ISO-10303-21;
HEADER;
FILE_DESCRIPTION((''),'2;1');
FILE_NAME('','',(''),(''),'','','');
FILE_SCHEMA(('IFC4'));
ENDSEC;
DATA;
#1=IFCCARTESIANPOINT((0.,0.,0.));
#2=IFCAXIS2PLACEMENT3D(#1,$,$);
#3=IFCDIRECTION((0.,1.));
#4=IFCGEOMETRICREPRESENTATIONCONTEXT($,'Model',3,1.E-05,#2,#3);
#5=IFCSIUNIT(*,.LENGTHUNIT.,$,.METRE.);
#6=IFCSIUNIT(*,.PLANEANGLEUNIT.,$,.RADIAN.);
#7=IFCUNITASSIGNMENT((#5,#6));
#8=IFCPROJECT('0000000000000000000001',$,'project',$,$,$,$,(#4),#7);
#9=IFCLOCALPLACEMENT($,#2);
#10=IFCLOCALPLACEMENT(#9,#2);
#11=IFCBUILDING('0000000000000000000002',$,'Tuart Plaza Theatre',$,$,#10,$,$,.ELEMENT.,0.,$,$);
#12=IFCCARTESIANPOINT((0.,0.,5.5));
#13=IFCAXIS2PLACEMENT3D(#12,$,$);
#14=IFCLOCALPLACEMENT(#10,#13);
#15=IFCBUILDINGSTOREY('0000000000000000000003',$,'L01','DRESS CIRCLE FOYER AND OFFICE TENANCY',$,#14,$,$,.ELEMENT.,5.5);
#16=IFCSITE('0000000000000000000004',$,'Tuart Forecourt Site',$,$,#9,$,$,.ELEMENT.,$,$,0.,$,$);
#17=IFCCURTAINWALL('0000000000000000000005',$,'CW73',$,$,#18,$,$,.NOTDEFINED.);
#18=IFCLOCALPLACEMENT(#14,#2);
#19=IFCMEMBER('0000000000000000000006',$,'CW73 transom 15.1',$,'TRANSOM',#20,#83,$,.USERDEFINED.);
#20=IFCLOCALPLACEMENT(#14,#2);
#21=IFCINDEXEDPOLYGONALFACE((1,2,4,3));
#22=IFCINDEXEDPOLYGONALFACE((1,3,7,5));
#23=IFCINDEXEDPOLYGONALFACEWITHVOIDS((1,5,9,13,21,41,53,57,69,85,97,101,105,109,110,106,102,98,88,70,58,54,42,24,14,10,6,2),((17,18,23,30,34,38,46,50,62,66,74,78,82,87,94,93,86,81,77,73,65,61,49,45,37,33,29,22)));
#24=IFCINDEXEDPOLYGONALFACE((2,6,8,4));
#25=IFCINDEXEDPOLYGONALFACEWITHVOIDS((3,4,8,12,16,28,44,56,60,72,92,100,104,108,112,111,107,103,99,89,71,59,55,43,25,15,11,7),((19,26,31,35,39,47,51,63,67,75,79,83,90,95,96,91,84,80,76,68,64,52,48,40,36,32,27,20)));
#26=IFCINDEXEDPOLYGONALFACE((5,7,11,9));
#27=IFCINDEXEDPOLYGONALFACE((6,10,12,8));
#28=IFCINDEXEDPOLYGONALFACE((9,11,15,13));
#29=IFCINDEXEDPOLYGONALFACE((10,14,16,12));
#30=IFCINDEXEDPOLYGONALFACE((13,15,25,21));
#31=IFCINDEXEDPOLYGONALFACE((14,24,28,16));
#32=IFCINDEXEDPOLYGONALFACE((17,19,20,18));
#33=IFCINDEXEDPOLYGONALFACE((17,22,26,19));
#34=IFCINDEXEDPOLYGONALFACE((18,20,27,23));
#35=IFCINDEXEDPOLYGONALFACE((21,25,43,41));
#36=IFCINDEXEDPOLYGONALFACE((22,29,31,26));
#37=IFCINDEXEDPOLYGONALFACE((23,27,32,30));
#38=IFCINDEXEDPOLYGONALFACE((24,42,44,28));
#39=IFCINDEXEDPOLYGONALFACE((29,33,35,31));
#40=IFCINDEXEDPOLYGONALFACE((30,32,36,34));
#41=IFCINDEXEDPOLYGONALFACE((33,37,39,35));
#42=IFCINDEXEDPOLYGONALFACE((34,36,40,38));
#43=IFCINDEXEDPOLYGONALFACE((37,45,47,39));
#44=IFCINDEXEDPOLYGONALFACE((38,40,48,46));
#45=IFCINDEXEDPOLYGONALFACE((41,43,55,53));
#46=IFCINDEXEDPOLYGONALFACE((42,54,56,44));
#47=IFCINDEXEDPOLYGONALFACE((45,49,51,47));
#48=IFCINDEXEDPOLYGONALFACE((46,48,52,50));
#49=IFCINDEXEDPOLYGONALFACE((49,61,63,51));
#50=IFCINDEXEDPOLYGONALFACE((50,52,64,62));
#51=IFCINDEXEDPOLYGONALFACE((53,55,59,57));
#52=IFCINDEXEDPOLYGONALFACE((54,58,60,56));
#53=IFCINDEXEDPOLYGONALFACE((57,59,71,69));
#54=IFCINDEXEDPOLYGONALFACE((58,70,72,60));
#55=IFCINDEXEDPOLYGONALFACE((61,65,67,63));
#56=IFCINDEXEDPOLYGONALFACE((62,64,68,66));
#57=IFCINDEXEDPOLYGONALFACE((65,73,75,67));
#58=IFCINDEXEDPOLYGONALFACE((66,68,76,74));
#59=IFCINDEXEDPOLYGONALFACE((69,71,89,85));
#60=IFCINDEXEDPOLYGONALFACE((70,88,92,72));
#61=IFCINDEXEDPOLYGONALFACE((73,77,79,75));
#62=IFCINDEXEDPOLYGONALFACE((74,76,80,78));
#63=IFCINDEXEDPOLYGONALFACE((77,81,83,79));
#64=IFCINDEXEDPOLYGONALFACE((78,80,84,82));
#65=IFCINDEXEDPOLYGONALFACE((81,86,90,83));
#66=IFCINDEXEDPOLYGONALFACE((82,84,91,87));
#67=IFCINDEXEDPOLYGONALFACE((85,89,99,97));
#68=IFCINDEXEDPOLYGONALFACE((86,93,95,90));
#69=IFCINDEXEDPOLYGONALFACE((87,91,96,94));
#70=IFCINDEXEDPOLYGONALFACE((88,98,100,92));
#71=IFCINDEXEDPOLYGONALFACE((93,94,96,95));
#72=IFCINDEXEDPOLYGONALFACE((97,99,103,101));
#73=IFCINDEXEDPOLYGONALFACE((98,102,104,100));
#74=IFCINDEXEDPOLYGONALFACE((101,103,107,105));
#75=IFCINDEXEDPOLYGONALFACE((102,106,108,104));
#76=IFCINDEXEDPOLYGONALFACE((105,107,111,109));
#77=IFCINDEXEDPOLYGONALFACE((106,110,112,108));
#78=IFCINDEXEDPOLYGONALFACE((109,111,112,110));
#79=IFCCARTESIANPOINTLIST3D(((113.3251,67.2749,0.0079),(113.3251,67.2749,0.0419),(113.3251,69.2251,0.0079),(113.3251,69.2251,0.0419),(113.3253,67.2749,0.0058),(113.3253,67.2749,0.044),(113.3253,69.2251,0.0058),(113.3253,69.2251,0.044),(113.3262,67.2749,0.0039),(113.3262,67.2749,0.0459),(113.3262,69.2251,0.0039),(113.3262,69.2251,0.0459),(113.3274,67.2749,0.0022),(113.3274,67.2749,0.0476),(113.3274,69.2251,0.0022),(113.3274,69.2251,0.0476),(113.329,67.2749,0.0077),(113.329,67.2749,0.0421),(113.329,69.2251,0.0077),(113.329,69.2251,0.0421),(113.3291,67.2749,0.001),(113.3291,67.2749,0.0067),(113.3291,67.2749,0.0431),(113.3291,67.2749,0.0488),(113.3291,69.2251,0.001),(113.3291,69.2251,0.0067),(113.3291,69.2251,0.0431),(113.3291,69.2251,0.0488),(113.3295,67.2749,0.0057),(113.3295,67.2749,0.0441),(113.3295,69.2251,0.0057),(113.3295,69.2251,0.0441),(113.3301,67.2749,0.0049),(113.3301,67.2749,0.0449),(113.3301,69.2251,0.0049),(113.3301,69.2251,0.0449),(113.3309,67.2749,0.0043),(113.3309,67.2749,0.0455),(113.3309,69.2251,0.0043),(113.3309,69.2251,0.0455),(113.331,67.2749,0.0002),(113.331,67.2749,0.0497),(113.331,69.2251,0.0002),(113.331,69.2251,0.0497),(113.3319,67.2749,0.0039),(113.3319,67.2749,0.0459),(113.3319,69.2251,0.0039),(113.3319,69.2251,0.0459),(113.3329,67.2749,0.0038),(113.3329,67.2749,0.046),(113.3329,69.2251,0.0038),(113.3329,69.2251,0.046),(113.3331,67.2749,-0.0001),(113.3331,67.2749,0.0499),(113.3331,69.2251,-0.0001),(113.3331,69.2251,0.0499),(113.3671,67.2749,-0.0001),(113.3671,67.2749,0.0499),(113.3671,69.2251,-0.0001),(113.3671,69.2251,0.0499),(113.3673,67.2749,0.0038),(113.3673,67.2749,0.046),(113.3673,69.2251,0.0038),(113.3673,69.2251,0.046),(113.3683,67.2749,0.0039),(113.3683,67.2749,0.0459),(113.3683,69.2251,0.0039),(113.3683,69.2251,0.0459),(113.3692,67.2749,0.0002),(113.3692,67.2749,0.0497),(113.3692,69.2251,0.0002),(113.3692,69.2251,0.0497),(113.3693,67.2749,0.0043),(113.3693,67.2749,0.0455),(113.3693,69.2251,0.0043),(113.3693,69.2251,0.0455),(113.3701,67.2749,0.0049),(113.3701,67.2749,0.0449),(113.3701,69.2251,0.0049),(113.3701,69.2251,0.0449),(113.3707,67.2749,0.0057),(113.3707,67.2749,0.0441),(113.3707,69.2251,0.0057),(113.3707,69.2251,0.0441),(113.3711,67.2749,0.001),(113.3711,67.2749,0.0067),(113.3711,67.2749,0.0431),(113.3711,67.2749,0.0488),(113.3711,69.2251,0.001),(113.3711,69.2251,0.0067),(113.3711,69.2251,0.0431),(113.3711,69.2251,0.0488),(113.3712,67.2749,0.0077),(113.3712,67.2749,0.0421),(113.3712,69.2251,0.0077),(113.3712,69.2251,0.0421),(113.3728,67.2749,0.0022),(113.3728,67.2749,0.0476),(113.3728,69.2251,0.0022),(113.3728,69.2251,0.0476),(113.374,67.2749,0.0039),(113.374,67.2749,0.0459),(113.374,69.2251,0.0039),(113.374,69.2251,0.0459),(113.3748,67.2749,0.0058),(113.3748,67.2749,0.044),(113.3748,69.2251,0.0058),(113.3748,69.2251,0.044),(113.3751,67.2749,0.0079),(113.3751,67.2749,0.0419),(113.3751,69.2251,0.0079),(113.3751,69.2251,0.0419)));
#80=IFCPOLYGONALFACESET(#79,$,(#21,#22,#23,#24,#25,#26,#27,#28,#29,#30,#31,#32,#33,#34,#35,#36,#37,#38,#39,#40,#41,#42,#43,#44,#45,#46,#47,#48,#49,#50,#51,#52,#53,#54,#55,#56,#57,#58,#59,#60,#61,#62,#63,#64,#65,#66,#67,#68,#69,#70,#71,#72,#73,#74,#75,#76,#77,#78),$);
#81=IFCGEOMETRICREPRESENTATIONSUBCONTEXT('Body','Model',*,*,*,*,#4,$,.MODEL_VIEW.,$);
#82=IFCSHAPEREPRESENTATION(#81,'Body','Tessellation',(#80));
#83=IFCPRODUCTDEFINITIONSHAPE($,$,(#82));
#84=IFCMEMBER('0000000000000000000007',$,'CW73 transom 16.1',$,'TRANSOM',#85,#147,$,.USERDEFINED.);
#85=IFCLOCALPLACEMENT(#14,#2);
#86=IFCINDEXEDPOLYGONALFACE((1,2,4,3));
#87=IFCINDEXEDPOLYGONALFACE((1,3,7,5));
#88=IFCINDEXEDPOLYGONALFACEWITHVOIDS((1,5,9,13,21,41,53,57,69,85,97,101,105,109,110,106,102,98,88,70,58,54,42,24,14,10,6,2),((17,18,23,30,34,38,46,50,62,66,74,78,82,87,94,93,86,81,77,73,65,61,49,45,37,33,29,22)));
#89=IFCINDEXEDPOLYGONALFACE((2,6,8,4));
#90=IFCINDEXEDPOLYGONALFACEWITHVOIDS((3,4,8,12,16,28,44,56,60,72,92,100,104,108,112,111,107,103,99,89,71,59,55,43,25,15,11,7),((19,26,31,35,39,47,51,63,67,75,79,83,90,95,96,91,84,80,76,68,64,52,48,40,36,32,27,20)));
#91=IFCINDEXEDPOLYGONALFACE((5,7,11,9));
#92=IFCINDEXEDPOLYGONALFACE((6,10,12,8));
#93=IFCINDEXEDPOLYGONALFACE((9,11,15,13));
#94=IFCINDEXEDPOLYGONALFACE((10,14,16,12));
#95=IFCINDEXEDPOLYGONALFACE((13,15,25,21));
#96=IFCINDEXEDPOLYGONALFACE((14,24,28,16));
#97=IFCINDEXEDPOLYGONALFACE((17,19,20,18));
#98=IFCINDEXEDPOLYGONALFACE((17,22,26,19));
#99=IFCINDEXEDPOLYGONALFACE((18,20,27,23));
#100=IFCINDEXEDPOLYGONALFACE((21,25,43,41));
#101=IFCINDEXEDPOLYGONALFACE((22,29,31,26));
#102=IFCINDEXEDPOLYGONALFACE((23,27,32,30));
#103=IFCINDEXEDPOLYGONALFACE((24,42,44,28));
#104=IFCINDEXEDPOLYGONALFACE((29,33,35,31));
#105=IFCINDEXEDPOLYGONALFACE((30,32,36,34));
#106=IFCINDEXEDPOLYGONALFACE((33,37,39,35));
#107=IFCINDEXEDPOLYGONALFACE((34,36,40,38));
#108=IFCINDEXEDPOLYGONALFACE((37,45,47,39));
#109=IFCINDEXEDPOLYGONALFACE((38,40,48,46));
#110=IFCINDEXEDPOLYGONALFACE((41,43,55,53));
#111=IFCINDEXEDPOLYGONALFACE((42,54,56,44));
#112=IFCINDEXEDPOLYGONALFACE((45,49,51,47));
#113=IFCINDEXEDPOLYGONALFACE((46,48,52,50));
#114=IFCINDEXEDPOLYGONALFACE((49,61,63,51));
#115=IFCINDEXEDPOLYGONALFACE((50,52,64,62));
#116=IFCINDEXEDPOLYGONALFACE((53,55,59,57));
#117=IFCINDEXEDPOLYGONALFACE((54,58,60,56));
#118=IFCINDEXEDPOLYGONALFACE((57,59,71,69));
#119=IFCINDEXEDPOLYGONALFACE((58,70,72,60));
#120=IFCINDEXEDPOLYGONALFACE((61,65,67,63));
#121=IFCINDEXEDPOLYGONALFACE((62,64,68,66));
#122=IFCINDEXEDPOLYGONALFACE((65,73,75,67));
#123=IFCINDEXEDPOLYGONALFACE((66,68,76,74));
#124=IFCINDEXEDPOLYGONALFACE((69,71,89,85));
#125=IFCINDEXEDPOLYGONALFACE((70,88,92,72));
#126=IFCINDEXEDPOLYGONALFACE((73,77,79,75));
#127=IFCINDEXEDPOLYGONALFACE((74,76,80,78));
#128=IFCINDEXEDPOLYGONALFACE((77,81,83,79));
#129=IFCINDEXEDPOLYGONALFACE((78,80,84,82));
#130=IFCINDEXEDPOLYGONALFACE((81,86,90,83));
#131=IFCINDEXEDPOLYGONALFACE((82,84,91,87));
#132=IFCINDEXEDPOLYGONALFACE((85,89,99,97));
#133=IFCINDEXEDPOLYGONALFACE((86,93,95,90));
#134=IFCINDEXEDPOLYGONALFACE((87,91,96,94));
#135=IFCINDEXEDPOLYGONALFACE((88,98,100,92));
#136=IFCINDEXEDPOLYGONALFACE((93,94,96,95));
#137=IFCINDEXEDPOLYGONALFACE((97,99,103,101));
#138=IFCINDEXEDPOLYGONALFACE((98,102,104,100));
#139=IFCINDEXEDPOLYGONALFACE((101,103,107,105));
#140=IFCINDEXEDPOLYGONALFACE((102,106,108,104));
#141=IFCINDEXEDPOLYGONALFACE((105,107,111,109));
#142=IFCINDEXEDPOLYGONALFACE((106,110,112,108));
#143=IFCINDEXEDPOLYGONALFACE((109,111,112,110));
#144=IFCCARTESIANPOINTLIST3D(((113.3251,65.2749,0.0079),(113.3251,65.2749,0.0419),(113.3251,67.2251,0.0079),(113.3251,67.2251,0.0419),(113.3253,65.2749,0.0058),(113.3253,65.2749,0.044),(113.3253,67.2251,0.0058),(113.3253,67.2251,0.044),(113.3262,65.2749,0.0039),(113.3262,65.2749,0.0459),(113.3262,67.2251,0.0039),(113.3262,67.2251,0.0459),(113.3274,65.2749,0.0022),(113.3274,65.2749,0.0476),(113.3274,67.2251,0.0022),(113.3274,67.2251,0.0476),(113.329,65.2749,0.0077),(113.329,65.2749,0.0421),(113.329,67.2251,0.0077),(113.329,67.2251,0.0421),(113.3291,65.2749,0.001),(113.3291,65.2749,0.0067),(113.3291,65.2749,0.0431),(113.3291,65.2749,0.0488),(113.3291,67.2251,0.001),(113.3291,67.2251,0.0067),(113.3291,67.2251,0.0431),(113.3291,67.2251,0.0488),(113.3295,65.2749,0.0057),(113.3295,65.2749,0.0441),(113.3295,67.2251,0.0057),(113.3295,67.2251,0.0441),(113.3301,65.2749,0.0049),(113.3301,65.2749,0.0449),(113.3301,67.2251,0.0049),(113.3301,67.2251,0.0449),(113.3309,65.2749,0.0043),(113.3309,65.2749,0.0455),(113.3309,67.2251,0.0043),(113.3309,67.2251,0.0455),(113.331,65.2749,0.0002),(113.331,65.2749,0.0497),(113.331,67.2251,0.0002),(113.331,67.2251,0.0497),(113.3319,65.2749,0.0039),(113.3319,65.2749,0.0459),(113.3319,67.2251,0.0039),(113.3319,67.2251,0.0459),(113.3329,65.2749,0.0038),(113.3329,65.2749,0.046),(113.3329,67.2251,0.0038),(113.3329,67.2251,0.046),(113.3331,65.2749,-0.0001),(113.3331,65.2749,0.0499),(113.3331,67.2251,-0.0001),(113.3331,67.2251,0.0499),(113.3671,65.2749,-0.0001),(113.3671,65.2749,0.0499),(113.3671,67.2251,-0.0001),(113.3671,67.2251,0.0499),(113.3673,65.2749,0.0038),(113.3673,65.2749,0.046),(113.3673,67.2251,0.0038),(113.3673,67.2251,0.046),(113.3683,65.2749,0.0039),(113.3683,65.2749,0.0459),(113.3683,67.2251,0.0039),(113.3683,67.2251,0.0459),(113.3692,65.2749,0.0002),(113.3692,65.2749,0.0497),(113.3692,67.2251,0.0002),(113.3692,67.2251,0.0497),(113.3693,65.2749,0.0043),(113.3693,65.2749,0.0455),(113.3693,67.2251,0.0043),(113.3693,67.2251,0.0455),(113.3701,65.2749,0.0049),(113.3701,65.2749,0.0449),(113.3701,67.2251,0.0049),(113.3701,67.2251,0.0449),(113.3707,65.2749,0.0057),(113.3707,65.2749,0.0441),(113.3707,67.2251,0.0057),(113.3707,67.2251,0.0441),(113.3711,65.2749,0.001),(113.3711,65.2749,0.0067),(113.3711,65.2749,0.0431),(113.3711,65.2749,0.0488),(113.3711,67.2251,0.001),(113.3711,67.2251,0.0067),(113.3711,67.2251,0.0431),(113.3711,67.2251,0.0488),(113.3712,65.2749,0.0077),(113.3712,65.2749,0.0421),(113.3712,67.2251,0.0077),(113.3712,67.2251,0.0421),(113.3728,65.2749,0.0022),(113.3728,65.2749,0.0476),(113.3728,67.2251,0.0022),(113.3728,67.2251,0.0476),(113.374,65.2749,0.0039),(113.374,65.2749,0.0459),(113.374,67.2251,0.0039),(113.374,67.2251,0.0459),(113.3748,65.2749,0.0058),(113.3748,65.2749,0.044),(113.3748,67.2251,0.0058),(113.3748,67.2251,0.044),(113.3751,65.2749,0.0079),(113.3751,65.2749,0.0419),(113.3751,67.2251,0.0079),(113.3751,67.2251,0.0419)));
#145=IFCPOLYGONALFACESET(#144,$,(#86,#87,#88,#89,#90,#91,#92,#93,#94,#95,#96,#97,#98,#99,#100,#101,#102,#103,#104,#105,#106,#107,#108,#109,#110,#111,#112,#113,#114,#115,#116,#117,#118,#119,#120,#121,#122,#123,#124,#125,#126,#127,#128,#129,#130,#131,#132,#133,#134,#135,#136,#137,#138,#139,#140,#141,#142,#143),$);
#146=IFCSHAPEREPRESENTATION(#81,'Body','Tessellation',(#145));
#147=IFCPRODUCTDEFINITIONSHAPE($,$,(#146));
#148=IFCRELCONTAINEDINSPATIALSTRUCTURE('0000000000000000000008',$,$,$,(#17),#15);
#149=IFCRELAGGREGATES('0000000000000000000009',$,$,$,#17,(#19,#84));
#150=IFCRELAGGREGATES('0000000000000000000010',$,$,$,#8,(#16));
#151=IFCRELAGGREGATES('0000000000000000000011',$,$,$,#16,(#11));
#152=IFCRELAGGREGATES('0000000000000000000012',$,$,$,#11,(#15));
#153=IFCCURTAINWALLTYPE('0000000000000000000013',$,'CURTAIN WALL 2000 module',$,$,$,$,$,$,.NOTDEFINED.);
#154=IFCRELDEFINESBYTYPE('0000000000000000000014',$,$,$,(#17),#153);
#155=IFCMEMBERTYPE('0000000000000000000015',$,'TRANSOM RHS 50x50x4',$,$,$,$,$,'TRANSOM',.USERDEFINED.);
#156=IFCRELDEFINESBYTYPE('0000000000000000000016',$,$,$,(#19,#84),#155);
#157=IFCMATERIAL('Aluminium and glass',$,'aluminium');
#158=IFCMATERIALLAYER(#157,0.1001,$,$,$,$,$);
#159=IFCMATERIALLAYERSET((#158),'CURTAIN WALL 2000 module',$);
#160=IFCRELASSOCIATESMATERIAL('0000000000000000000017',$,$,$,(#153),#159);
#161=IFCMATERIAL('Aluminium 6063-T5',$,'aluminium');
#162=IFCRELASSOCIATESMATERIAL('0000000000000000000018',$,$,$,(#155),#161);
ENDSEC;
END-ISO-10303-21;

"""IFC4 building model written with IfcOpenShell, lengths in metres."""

from ifc_helpers import new_model, si_unit, direction, frame, origin, origin_2d, place, context, subcontext, project, spatial, hollow_rectangle, extrude, material, layer, layer_set, material_profile, profile_set, type_object, element, aggregate, save


model = new_model("IFC4")

# Units and contexts
model_context = context("Model", 3, precision=1e-05, world=origin(), true_north=direction((0.0, 1.0)))
body_context = subcontext(model_context, "Body", "Model", "MODEL_VIEW")
ifc_project = project(units=[si_unit("LENGTHUNIT", "METRE"), si_unit("PLANEANGLEUNIT", "RADIAN")], contexts=[model_context])

# Site, building, storey
site_placement = place(None, origin())
site = spatial("IfcSite", under=ifc_project, at=site_placement, Name="Tuart Forecourt Site", CompositionType="ELEMENT", RefElevation=0.0)
building_placement = place(site_placement, origin())
building = spatial("IfcBuilding", under=site, at=building_placement, Name="Tuart Plaza Theatre", CompositionType="ELEMENT", ElevationOfRefHeight=0.0)
storey_placement = place(building_placement, frame((0.0, 0.0, 5.5)))
storey = spatial("IfcBuildingStorey", under=building, at=storey_placement, Name="L01", Description="DRESS CIRCLE FOYER AND OFFICE TENANCY", CompositionType="ELEMENT", Elevation=5.5)

# Curtain wall, members
ifc_material_1 = material(Name="Aluminium and glass", Category="aluminium")
ifc_layer_1 = layer(ifc_material_1, 0.1001)
ifc_layer_set_1 = layer_set([ifc_layer_1], Name="CURTAIN WALL 2000 module")
curtain_wall_type = type_object("IfcCurtainWallType", Name="CURTAIN WALL 2000 module", PredefinedType="NOTDEFINED", material=ifc_layer_set_1)
curtain_wall_placement = place(storey_placement, origin())
curtain_wall = element("IfcCurtainWall", 1, at=curtain_wall_placement, inside=storey, type_object=curtain_wall_type, Name="CW73", PredefinedType="NOTDEFINED")
ifc_material_2 = material(Name="Aluminium 6063-T5", Category="aluminium")
ifc_material_profile_1 = material_profile(ifc_material_2, hollow_rectangle(XDim=0.05, YDim=0.05, WallThickness=0.0039, InnerFilletRadius=0.0039, OuterFilletRadius=0.0081, at=origin_2d()), Name="RHS 50x50x4")
ifc_profile_set_1 = profile_set([ifc_material_profile_1], Name="Aluminium 6063-T5")
member_type_1 = type_object("IfcMemberType", Name="TRANSOM RHS 50x50x4", ElementType="TRANSOM", PredefinedType="USERDEFINED", material=ifc_profile_set_1)
member_1_placement = place(storey_placement, frame((113.3501, 69.2251, 0.0249), z_axis=(0.0, -1.0, 0.0), x_axis=(1.0, 0.0, 0.0)))
member_1 = element("IfcMember", 2, at=member_1_placement, type_object=member_type_1, Name="CW73 transom 15.1", ObjectType="TRANSOM", PredefinedType="USERDEFINED", context=body_context, shape_type="SweptSolid", body=[
    extrude(hollow_rectangle(XDim=0.05, YDim=0.05, WallThickness=0.0039, InnerFilletRadius=0.0039, OuterFilletRadius=0.0081, at=origin_2d()), origin(), (0.0, 0.0, 1.0), 1.9502),
])
member_2_placement = place(storey_placement, frame((113.3501, 67.2251, 0.0249), z_axis=(0.0, -1.0, 0.0), x_axis=(1.0, 0.0, 0.0)))
member_2 = element("IfcMember", 3, at=member_2_placement, type_object=member_type_1, Name="CW73 transom 16.1", ObjectType="TRANSOM", PredefinedType="USERDEFINED", context=body_context, shape_type="SweptSolid", body=[
    extrude(hollow_rectangle(XDim=0.05, YDim=0.05, WallThickness=0.0039, InnerFilletRadius=0.0039, OuterFilletRadius=0.0081, at=origin_2d()), origin(), (0.0, 0.0, 1.0), 1.9502),
])
aggregate(curtain_wall, [member_1, member_2])

save(model, "model.ifc")
